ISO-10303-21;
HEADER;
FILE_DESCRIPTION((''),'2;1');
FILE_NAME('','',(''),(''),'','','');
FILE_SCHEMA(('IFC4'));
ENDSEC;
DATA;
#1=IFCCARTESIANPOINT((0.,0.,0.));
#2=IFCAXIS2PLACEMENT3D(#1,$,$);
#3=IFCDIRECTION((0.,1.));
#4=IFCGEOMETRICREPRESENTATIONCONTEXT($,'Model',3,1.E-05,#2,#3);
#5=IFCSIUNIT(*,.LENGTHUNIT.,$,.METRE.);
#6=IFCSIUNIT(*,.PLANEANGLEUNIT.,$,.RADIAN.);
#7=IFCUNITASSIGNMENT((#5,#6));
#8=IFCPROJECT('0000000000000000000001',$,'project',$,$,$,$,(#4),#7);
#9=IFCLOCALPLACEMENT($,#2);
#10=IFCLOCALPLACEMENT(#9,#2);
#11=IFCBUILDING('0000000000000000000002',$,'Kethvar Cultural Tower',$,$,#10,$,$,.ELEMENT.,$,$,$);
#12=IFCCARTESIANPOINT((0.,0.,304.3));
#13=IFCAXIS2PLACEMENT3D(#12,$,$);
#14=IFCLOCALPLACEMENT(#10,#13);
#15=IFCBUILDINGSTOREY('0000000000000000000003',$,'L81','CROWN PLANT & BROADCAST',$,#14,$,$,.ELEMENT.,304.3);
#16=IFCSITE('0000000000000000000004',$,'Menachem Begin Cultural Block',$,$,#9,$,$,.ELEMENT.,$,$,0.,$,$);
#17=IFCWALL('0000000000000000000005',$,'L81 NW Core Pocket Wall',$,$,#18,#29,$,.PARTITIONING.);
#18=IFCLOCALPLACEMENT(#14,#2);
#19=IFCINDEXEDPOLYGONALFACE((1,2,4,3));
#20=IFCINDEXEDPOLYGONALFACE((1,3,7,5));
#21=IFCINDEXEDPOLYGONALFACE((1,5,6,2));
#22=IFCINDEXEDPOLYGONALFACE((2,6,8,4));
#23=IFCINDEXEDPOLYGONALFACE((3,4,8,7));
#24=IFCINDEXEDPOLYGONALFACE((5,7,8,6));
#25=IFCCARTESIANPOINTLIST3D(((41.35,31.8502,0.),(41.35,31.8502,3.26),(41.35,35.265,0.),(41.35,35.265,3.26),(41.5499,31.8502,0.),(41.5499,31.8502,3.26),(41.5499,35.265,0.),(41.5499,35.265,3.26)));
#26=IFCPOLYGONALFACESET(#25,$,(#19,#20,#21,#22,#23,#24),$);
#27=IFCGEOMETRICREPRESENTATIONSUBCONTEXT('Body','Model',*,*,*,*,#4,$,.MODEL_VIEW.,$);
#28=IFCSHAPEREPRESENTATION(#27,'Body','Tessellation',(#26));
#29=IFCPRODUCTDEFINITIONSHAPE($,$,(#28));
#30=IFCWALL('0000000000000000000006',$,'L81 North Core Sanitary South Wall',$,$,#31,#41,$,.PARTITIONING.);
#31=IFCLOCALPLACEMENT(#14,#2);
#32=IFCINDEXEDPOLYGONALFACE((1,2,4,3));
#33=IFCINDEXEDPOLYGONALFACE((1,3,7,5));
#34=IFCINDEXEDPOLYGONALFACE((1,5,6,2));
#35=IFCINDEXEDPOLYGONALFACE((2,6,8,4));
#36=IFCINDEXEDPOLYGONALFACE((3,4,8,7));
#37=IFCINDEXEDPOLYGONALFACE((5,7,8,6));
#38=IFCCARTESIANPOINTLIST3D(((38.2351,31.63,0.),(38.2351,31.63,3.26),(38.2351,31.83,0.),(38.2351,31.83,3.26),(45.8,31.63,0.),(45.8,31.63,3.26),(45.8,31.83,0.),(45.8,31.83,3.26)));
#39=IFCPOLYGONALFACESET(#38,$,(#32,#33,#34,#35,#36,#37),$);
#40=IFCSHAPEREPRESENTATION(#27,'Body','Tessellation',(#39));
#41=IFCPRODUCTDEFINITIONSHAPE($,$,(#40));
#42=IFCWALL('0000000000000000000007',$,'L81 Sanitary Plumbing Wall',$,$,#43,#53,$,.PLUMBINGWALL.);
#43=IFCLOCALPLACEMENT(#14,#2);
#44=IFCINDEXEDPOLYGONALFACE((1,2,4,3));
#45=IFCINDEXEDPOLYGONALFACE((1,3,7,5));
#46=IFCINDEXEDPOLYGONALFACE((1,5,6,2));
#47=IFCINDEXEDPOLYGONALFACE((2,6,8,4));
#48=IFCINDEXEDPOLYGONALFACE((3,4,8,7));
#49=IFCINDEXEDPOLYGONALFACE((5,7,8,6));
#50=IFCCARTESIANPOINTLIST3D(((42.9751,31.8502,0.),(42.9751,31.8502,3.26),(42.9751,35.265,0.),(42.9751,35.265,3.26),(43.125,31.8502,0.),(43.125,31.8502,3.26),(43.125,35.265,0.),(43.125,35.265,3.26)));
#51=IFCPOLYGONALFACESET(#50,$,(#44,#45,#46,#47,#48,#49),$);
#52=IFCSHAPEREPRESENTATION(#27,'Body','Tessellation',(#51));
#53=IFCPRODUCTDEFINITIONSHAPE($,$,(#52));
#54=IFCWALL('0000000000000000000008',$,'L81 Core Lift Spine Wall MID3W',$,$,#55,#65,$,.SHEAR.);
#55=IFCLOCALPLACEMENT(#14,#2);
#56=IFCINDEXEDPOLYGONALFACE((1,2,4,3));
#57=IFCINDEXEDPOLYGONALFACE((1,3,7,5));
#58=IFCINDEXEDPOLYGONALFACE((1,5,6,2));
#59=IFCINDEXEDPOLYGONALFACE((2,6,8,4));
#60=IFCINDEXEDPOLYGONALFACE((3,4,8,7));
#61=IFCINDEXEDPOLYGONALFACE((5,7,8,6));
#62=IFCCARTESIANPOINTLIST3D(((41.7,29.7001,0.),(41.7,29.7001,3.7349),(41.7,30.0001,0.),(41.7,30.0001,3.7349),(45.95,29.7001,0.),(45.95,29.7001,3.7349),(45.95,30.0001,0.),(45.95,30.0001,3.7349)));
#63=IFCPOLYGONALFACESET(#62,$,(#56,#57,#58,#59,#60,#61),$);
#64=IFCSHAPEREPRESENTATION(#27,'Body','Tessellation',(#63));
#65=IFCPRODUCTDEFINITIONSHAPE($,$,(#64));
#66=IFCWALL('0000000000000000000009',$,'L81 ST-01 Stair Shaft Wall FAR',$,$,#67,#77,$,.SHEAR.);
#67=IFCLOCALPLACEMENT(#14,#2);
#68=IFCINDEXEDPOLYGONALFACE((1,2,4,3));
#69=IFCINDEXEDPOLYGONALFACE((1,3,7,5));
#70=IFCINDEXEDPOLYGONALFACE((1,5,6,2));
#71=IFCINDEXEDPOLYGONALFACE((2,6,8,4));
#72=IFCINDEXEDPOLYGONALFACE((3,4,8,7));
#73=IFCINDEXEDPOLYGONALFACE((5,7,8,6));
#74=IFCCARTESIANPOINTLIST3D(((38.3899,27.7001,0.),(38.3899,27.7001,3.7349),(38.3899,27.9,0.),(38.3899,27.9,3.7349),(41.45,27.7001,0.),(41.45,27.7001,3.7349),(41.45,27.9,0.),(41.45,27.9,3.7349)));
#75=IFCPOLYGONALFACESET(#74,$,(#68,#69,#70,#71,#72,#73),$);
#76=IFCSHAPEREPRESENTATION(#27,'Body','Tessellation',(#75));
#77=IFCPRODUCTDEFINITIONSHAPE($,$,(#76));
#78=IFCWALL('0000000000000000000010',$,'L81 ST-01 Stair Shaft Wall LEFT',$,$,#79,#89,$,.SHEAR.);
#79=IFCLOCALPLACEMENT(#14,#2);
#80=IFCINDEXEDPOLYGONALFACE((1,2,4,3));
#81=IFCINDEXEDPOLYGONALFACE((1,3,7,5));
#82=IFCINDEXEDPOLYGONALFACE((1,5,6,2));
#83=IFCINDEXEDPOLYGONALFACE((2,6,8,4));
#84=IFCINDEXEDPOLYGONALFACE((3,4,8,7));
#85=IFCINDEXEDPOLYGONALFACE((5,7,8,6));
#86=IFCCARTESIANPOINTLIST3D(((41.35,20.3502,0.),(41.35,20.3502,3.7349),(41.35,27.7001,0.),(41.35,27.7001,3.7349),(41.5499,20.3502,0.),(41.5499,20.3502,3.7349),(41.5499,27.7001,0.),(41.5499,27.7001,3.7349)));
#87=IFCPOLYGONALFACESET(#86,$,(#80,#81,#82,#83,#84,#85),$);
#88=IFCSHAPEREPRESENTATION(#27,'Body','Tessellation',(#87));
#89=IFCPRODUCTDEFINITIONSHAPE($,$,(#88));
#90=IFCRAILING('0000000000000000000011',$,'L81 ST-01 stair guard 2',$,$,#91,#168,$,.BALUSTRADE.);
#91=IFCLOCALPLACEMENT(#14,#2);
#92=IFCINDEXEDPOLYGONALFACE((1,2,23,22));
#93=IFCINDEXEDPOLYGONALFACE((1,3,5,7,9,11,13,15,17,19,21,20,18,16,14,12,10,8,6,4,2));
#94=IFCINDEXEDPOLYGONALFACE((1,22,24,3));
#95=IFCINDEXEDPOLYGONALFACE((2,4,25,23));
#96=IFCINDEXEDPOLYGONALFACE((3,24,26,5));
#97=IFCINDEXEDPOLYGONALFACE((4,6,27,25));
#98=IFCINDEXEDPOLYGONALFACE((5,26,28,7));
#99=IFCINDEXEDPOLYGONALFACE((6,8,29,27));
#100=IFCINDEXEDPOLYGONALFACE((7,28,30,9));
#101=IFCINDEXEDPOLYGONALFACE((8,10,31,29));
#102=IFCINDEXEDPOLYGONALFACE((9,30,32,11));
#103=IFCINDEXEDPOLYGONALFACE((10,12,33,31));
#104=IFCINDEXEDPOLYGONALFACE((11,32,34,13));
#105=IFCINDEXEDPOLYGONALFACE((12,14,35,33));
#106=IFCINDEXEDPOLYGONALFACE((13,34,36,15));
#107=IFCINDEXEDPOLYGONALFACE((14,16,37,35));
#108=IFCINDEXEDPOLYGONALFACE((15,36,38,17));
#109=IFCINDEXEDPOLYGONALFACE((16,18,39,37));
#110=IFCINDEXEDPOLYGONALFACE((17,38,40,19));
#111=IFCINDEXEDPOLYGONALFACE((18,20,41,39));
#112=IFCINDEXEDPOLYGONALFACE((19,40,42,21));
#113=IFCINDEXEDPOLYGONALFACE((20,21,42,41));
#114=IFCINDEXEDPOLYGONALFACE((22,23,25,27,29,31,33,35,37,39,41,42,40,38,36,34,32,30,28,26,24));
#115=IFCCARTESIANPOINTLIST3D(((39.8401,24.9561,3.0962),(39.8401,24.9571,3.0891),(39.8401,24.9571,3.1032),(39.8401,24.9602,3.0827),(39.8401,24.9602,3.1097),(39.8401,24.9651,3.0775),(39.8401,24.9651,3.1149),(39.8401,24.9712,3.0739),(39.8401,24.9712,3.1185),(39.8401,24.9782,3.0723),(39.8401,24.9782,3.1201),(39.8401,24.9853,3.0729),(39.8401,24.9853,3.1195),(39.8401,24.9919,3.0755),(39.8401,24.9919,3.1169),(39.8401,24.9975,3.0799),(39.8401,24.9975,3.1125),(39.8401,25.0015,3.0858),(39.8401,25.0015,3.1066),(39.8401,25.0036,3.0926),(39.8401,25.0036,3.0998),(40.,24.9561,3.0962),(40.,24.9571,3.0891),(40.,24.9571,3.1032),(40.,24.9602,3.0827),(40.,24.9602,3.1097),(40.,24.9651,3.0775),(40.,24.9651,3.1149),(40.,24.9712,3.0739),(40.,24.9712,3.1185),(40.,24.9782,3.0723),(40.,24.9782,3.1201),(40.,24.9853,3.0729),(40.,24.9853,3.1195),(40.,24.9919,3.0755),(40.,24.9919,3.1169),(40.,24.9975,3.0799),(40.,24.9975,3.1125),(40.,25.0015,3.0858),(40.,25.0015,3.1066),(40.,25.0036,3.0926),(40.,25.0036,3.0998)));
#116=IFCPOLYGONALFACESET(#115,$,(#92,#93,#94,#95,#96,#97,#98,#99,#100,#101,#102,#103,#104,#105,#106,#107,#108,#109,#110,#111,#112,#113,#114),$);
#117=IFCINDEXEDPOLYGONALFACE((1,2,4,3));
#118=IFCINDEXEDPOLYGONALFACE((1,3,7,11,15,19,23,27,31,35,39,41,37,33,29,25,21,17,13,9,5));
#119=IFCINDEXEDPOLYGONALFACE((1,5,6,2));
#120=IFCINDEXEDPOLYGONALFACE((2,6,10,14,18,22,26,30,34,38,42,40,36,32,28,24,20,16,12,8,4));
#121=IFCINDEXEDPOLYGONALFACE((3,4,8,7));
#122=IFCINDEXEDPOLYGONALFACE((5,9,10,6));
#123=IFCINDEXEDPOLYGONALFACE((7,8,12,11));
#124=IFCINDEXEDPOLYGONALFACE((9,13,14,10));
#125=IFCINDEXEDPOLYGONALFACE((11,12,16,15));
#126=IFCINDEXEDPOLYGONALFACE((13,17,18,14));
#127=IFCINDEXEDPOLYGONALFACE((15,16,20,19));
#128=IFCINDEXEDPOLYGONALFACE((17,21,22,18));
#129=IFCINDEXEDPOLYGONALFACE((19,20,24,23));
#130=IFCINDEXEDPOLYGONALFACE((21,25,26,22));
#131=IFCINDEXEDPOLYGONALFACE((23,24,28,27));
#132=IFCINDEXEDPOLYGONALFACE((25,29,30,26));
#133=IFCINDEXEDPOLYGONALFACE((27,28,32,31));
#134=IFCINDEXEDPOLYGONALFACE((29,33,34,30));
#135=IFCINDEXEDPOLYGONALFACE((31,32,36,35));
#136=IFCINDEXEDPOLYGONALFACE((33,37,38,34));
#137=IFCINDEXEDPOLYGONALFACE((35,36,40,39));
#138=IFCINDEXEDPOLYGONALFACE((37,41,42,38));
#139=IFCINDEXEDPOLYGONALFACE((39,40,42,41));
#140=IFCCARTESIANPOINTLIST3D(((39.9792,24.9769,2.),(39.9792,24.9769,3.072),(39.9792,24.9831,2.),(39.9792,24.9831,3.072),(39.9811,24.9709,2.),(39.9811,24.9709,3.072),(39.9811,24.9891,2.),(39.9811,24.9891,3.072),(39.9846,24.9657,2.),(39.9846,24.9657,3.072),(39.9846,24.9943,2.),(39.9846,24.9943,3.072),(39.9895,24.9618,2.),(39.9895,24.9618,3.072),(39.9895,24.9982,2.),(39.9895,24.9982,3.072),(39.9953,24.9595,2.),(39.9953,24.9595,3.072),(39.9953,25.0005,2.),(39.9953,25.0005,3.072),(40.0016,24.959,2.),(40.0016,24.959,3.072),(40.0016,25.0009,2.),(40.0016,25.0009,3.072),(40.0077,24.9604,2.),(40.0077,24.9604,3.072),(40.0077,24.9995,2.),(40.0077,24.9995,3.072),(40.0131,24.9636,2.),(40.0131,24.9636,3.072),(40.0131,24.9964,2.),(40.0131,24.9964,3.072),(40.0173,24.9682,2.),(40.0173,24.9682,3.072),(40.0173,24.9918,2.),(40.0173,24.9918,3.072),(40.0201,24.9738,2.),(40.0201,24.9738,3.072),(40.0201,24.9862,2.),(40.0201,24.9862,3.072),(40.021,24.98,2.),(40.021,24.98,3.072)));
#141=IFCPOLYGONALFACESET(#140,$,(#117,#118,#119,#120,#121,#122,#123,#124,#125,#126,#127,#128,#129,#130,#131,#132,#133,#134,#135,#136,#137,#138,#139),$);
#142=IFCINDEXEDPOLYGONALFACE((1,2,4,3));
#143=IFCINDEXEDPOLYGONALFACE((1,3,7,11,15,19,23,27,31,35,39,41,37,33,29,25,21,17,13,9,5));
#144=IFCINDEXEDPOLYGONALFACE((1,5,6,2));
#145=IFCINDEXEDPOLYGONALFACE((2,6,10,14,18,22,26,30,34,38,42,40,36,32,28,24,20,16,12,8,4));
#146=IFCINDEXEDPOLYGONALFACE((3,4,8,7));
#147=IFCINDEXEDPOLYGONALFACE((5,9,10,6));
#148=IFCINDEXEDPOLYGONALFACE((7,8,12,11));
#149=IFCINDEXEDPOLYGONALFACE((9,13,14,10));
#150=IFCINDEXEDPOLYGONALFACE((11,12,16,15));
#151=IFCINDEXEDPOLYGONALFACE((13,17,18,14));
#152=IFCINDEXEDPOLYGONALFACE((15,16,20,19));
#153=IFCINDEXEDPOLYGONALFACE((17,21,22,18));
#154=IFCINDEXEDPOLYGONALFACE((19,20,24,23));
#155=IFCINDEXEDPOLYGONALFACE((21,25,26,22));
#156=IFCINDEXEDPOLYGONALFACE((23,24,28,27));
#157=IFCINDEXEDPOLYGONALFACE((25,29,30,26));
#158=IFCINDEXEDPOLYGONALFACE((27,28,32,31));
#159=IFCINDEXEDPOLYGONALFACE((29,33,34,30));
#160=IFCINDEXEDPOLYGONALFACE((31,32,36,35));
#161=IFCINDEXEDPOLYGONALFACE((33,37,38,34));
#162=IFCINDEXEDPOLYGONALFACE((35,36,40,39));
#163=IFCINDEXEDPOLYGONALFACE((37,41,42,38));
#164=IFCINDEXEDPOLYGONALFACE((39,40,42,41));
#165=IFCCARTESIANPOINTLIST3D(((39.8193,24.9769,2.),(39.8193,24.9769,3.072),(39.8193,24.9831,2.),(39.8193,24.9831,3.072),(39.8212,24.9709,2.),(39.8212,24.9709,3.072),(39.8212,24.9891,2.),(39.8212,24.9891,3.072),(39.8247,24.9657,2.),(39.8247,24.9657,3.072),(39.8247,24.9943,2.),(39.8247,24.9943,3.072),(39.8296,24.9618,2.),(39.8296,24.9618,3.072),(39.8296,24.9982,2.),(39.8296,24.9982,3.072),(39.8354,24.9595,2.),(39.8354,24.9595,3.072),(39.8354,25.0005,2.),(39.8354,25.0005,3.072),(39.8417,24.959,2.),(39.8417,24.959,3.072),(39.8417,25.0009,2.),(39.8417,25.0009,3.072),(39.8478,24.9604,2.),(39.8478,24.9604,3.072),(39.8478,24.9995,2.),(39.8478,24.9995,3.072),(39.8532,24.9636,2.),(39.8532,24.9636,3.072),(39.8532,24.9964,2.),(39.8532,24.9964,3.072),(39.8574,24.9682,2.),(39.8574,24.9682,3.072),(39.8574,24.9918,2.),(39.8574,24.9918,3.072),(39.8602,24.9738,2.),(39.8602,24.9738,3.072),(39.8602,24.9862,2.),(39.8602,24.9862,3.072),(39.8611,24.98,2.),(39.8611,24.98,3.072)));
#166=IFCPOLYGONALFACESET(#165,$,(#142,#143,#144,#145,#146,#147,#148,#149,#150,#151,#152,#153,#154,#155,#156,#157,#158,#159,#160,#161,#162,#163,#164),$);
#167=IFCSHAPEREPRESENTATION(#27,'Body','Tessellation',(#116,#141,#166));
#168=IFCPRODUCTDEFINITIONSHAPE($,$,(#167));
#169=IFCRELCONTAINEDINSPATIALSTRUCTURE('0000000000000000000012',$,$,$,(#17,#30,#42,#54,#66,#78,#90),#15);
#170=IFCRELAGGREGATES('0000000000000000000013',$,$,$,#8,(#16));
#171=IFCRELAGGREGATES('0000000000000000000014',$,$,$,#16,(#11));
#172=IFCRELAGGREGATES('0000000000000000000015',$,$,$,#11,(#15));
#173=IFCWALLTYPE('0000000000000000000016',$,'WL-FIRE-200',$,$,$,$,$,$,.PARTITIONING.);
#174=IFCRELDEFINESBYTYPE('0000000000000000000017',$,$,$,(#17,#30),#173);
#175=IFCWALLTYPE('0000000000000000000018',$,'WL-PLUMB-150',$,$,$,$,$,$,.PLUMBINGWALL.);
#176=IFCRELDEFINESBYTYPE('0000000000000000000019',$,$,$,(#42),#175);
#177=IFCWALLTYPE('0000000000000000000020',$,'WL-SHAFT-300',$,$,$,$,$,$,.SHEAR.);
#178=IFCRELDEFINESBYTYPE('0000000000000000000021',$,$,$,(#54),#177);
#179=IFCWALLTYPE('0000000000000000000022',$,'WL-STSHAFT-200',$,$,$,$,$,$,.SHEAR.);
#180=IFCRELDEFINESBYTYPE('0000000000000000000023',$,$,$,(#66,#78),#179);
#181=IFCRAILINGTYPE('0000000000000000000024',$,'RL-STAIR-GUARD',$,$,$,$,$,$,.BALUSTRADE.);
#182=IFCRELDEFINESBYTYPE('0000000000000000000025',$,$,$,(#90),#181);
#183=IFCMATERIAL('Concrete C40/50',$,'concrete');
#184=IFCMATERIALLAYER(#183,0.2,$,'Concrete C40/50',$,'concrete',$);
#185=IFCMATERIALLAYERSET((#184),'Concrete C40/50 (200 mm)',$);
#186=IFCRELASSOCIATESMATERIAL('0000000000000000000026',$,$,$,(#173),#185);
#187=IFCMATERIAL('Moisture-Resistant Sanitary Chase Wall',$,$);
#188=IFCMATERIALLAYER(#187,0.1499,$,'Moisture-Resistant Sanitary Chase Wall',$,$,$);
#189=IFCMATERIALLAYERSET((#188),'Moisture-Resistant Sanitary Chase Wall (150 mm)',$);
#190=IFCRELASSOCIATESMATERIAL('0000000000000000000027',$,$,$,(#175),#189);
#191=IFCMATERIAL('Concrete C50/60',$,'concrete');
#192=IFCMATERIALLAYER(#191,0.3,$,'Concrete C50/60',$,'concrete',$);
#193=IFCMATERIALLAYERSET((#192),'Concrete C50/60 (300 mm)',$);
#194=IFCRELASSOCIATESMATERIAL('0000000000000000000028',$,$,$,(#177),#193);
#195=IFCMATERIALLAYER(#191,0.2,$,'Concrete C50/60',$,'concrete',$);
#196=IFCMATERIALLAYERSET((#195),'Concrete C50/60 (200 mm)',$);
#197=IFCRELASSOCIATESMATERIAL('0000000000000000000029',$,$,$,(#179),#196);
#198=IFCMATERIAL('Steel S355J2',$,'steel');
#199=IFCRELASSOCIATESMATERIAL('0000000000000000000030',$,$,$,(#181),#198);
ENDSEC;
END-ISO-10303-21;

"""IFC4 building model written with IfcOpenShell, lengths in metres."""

from ifc_helpers import new_model, si_unit, direction, frame, frame_2d, origin, origin_2d, place, context, subcontext, project, spatial, rectangle, circle, extrude, material, layer, layer_set, type_object, element, save


model = new_model("IFC4")

# Units and contexts
model_context = context("Model", 3, precision=1e-05, world=origin(), true_north=direction((0.0, 1.0)))
body_context = subcontext(model_context, "Body", "Model", "MODEL_VIEW")
ifc_project = project(units=[si_unit("LENGTHUNIT", "METRE"), si_unit("PLANEANGLEUNIT", "RADIAN")], contexts=[model_context])

# Site, building, storey
site_placement = place(None, origin())
site = spatial("IfcSite", under=ifc_project, at=site_placement, Name="Menachem Begin Cultural Block", CompositionType="ELEMENT", RefElevation=0.0)
building_placement = place(site_placement, origin())
building = spatial("IfcBuilding", under=site, at=building_placement, Name="Kethvar Cultural Tower", CompositionType="ELEMENT")
storey_placement = place(building_placement, frame((0.0, 0.0, 304.3)))
storey = spatial("IfcBuildingStorey", under=building, at=storey_placement, Name="L81", Description="CROWN PLANT & BROADCAST", CompositionType="ELEMENT", Elevation=304.3)

# Shared definitions
ifc_material_1 = material(Name="Steel S355J2", Category="steel")

# Shared definitions
ifc_material_2 = material(Name="Concrete C50/60", Category="concrete")

# Walls
ifc_material_3 = material(Name="Concrete C40/50", Category="concrete")
ifc_layer_1 = layer(ifc_material_3, 0.2, Name="Concrete C40/50", Category="concrete")
ifc_layer_set_1 = layer_set([ifc_layer_1], Name="Concrete C40/50 (200 mm)")
wall_type_1 = type_object("IfcWallType", Name="WL-FIRE-200", PredefinedType="PARTITIONING", material=ifc_layer_set_1)
wall_1_placement = place(storey_placement, frame((41.45, 31.8501, 0.0), z_axis=(0.0, 0.0, 1.0), x_axis=(0.0, 1.0, 0.0)))
element("IfcWall", 1, at=wall_1_placement, inside=storey, type_object=wall_type_1, Name="L81 NW Core Pocket Wall", PredefinedType="PARTITIONING", context=body_context, shape_type="SweptSolid", body=[
    extrude(rectangle(XDim=3.4148, YDim=0.2, at=frame_2d((1.7075, 0.0))), origin(), (0.0, 0.0, 1.0), 3.26),
])
wall_2_placement = place(storey_placement, frame((38.2351, 31.73, 0.0), z_axis=(0.0, 0.0, 1.0), x_axis=(1.0, 0.0, 0.0)))
element("IfcWall", 2, at=wall_2_placement, inside=storey, type_object=wall_type_1, Name="L81 North Core Sanitary South Wall", PredefinedType="PARTITIONING", context=body_context, shape_type="SweptSolid", body=[
    extrude(rectangle(XDim=7.5649, YDim=0.2, at=frame_2d((3.7825, 0.0))), origin(), (0.0, 0.0, 1.0), 3.26),
])
ifc_material_4 = material(Name="Moisture-Resistant Sanitary Chase Wall")
ifc_layer_2 = layer(ifc_material_4, 0.1499, Name="Moisture-Resistant Sanitary Chase Wall")
ifc_layer_set_2 = layer_set([ifc_layer_2], Name="Moisture-Resistant Sanitary Chase Wall (150 mm)")
wall_type_2 = type_object("IfcWallType", Name="WL-PLUMB-150", PredefinedType="PLUMBINGWALL", material=ifc_layer_set_2)
wall_3_placement = place(storey_placement, frame((43.05, 31.8501, 0.0), z_axis=(0.0, 0.0, 1.0), x_axis=(0.0, 1.0, 0.0)))
element("IfcWall", 3, at=wall_3_placement, inside=storey, type_object=wall_type_2, Name="L81 Sanitary Plumbing Wall", PredefinedType="PLUMBINGWALL", context=body_context, shape_type="SweptSolid", body=[
    extrude(rectangle(XDim=3.4148, YDim=0.1499, at=frame_2d((1.7075, 0.0))), origin(), (0.0, 0.0, 1.0), 3.26),
])
ifc_layer_3 = layer(ifc_material_2, 0.3, Name="Concrete C50/60", Category="concrete")
ifc_layer_set_3 = layer_set([ifc_layer_3], Name="Concrete C50/60 (300 mm)")
wall_type_3 = type_object("IfcWallType", Name="WL-SHAFT-300", PredefinedType="SHEAR", material=ifc_layer_set_3)
wall_4_placement = place(storey_placement, frame((41.7, 29.8501, 0.0), z_axis=(0.0, 0.0, 1.0), x_axis=(1.0, 0.0, 0.0)))
element("IfcWall", 4, at=wall_4_placement, inside=storey, type_object=wall_type_3, Name="L81 Core Lift Spine Wall MID3W", PredefinedType="SHEAR", context=body_context, shape_type="SweptSolid", body=[
    extrude(rectangle(XDim=4.25, YDim=0.3, at=frame_2d((2.125, 0.0))), origin(), (0.0, 0.0, 1.0), 3.7349),
])
ifc_layer_4 = layer(ifc_material_2, 0.2, Name="Concrete C50/60", Category="concrete")
ifc_layer_set_4 = layer_set([ifc_layer_4], Name="Concrete C50/60 (200 mm)")
wall_type_4 = type_object("IfcWallType", Name="WL-STSHAFT-200", PredefinedType="SHEAR", material=ifc_layer_set_4)
wall_5_placement = place(storey_placement, frame((38.3899, 27.8, 0.0), z_axis=(0.0, 0.0, 1.0), x_axis=(1.0, 0.0, 0.0)))
element("IfcWall", 5, at=wall_5_placement, inside=storey, type_object=wall_type_4, Name="L81 ST-01 Stair Shaft Wall FAR", PredefinedType="SHEAR", context=body_context, shape_type="SweptSolid", body=[
    extrude(rectangle(XDim=3.0601, YDim=0.2, at=frame_2d((1.53, 0.0))), origin(), (0.0, 0.0, 1.0), 3.7349),
])
wall_6_placement = place(storey_placement, frame((41.45, 27.7, 0.0), z_axis=(0.0, 0.0, 1.0), x_axis=(0.0, -1.0, 0.0)))
element("IfcWall", 6, at=wall_6_placement, inside=storey, type_object=wall_type_4, Name="L81 ST-01 Stair Shaft Wall LEFT", PredefinedType="SHEAR", context=body_context, shape_type="SweptSolid", body=[
    extrude(rectangle(XDim=7.3499, YDim=0.2, at=frame_2d((3.6748, 0.0))), origin(), (0.0, 0.0, 1.0), 3.7349),
])

# Railing
railing_type = type_object("IfcRailingType", Name="RL-STAIR-GUARD", PredefinedType="BALUSTRADE", material=ifc_material_1)
railing_placement = place(storey_placement, frame((40.0, 24.98, 2.0)))
element("IfcRailing", 7, at=railing_placement, inside=storey, type_object=railing_type, Name="L81 ST-01 stair guard 2", PredefinedType="BALUSTRADE", context=body_context, shape_type="SweptSolid", body=[
    extrude(circle(Radius=0.0239, at=origin_2d()), frame((0.0, 0.0, 1.0962), z_axis=(-1.0, 0.0, 0.0), x_axis=(0.0, -1.0, 0.0)), (0.0, 0.0, 1.0), 0.1599),
    extrude(circle(Radius=0.021, at=origin_2d()), origin(), (0.0, 0.0, 1.0), 1.072),
    extrude(circle(Radius=0.021, at=origin_2d()), frame((-0.1599, 0.0, 0.0)), (0.0, 0.0, 1.0), 1.072),
])

save(model, "model.ifc")
